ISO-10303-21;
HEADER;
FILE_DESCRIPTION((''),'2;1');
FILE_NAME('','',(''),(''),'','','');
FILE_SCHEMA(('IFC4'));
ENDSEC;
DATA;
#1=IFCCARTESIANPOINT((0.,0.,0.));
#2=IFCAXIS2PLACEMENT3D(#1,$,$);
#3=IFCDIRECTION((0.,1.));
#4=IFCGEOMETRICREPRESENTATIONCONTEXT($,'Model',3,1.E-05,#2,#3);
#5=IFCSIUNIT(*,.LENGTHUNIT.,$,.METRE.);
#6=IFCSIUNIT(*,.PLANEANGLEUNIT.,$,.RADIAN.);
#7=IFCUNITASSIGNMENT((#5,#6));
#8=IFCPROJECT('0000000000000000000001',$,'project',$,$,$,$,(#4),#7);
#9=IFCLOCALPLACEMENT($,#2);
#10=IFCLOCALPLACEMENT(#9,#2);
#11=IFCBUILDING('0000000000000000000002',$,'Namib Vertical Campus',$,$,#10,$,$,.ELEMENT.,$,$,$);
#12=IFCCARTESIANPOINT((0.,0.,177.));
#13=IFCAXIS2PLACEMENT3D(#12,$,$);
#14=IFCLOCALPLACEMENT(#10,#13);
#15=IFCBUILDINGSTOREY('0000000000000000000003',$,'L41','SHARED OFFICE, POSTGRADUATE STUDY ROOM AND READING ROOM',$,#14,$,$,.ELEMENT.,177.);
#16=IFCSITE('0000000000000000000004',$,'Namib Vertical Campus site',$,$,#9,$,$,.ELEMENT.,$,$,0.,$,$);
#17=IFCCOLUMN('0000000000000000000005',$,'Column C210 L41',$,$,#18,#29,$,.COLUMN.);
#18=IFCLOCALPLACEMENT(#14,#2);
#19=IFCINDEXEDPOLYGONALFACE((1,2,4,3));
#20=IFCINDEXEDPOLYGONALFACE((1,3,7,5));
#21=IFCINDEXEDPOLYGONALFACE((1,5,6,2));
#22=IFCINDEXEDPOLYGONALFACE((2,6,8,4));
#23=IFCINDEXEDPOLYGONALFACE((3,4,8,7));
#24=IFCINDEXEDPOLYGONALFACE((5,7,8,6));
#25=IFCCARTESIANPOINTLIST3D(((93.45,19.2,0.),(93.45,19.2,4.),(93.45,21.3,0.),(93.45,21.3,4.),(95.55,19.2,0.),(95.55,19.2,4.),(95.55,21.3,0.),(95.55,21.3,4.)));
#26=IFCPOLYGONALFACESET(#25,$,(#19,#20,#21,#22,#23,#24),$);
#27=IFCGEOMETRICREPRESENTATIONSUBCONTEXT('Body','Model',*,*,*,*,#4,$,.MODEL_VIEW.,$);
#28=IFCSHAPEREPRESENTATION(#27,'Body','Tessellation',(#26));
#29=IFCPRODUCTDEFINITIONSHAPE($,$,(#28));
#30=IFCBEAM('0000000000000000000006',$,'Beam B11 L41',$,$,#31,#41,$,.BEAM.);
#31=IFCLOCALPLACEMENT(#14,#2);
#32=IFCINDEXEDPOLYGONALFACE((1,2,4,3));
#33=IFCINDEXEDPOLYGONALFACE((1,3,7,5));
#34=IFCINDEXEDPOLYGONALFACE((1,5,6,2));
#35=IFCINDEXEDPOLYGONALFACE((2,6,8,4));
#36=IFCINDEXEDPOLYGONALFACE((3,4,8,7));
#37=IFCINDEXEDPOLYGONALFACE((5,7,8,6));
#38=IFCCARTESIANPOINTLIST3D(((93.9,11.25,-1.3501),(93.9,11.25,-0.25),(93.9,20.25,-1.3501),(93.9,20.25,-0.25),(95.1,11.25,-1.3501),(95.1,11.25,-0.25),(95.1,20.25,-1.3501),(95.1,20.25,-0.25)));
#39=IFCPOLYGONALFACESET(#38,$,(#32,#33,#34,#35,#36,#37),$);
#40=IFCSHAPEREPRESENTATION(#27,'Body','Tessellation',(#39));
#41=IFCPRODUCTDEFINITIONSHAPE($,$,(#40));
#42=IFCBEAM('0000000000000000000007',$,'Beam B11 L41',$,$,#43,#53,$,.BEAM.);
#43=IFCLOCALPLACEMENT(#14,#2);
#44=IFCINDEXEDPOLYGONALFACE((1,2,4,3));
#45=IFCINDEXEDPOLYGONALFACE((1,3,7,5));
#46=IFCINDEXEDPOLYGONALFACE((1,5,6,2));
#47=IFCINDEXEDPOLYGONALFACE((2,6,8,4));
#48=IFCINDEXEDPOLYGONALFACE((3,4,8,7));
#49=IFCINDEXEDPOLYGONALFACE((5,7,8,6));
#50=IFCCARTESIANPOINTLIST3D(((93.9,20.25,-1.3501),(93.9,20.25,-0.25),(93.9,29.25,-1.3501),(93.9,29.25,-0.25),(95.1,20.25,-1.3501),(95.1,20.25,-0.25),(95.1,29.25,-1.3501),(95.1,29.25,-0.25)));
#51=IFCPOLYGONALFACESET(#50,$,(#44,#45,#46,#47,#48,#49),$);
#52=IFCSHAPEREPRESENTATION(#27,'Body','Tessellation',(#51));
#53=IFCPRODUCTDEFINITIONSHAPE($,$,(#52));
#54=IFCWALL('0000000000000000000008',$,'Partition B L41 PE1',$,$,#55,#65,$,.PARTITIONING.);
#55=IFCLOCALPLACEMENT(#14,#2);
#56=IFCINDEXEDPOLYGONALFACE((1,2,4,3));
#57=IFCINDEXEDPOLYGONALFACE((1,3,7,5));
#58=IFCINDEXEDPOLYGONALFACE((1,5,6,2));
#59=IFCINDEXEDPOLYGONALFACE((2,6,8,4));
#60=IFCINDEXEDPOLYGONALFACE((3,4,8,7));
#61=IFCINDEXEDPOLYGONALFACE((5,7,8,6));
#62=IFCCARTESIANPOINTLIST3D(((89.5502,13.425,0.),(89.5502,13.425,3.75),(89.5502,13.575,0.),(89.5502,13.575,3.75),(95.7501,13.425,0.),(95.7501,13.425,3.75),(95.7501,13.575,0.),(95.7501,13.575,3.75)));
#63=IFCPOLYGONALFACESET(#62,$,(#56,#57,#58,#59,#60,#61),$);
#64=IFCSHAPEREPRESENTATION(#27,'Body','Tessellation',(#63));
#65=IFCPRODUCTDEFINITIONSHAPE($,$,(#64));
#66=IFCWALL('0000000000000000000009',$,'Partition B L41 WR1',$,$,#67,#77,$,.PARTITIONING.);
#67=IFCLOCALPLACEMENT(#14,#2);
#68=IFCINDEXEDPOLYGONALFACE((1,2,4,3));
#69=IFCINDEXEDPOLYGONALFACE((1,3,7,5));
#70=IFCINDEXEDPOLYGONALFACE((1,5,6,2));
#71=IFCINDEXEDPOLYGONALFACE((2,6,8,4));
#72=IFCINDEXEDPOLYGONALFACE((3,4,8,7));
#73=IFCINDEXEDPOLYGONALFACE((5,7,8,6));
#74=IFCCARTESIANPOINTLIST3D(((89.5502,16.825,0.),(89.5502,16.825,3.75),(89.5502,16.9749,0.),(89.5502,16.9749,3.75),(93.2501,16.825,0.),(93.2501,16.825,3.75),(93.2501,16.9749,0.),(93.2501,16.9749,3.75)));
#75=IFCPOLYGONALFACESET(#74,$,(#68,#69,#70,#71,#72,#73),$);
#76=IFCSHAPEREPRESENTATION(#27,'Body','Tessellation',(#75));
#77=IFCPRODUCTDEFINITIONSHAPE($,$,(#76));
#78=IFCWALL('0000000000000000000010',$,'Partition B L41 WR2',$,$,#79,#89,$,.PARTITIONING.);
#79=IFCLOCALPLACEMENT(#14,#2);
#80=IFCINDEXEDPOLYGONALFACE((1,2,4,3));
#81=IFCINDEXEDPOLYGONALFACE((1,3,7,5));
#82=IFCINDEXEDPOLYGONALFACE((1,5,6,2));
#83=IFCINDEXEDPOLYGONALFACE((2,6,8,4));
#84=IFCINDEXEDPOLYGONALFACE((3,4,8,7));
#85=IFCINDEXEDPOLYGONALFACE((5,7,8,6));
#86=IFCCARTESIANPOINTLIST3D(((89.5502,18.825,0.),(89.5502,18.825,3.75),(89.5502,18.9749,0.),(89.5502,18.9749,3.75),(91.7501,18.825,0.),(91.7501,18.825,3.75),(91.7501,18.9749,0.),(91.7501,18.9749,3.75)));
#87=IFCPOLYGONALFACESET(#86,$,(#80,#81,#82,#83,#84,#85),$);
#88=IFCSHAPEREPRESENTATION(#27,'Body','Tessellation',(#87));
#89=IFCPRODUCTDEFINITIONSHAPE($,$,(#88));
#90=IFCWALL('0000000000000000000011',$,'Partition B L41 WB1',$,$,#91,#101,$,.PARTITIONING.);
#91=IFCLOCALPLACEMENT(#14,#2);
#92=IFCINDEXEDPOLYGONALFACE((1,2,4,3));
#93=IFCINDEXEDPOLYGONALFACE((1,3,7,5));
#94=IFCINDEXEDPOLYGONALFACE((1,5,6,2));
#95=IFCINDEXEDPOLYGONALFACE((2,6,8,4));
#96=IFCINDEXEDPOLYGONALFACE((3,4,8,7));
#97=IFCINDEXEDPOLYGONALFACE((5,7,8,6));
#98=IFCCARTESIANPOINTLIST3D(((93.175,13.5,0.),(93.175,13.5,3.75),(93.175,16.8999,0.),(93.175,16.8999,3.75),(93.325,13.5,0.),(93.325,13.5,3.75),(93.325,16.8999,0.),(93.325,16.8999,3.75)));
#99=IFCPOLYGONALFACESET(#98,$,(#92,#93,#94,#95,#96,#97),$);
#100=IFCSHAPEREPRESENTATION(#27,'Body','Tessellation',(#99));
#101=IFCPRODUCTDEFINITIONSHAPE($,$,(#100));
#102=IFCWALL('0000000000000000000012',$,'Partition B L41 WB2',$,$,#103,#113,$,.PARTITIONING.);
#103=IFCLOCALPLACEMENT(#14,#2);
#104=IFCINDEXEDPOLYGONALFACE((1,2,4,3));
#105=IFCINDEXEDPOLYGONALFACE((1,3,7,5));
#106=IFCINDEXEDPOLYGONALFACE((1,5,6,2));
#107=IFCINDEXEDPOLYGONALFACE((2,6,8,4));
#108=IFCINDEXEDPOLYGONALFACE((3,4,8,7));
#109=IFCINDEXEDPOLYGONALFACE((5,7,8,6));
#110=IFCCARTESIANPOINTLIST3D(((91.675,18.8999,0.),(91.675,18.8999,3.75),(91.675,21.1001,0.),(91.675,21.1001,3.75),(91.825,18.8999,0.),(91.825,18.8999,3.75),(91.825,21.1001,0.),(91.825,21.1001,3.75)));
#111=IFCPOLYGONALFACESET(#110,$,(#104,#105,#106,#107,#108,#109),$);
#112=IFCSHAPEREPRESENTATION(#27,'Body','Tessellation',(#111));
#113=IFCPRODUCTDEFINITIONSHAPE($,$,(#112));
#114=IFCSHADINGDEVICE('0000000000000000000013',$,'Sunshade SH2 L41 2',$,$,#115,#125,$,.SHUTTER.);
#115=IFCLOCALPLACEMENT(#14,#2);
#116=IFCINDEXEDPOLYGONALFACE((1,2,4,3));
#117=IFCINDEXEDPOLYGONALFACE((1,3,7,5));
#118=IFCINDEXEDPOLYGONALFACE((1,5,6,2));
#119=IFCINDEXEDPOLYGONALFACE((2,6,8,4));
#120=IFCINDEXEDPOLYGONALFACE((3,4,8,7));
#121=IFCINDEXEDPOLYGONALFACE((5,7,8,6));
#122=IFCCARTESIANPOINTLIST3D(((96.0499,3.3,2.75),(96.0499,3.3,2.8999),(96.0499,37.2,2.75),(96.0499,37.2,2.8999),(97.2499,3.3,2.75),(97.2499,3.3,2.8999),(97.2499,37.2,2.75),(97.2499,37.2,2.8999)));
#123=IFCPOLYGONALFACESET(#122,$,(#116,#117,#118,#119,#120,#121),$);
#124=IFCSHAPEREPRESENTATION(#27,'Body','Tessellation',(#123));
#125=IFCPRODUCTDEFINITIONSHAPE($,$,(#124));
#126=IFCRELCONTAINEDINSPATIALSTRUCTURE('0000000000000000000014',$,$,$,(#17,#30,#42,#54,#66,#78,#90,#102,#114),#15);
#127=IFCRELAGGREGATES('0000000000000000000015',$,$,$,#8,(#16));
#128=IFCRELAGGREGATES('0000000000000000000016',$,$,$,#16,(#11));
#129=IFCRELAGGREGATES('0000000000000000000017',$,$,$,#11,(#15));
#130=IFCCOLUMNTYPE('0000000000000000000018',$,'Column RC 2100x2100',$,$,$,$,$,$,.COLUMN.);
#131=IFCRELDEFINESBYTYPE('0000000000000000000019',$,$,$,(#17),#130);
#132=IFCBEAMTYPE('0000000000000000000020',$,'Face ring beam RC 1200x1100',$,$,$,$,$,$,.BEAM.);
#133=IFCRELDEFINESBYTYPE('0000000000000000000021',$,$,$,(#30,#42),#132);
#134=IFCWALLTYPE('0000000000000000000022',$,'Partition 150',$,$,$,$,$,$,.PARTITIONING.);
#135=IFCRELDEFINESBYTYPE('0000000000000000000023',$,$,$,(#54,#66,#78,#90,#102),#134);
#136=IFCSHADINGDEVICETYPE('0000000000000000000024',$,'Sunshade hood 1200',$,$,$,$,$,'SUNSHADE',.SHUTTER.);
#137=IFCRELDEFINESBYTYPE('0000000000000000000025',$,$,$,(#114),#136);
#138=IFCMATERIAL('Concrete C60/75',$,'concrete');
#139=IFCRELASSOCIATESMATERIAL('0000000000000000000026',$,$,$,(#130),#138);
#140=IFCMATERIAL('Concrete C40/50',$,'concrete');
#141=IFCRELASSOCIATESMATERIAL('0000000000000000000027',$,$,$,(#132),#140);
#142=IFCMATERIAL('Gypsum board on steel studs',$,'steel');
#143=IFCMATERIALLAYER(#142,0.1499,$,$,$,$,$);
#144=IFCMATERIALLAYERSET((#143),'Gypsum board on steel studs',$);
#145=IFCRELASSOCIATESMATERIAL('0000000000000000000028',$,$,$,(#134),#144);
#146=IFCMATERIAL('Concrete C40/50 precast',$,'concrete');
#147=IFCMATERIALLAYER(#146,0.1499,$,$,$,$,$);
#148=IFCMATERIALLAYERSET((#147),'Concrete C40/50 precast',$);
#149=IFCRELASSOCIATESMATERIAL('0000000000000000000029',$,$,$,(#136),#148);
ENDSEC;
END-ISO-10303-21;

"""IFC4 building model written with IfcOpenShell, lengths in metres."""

from ifc_helpers import new_model, si_unit, direction, frame, frame_2d, origin, origin_2d, place, context, subcontext, project, spatial, rectangle, extrude, material, layer, layer_set, material_profile, profile_set, type_object, element, save


model = new_model("IFC4")

# Units and contexts
model_context = context("Model", 3, precision=1e-05, world=origin(), true_north=direction((0.0, 1.0)))
body_context = subcontext(model_context, "Body", "Model", "MODEL_VIEW")
ifc_project = project(units=[si_unit("LENGTHUNIT", "METRE"), si_unit("PLANEANGLEUNIT", "RADIAN")], contexts=[model_context])

# Site, building, storey
site_placement = place(None, origin())
site = spatial("IfcSite", under=ifc_project, at=site_placement, Name="Namib Vertical Campus site", CompositionType="ELEMENT", RefElevation=0.0)
building_placement = place(site_placement, origin())
building = spatial("IfcBuilding", under=site, at=building_placement, Name="Namib Vertical Campus", CompositionType="ELEMENT")
storey_placement = place(building_placement, frame((0.0, 0.0, 177.0)))
storey = spatial("IfcBuildingStorey", under=building, at=storey_placement, Name="L41", Description="SHARED OFFICE, POSTGRADUATE STUDY ROOM AND READING ROOM", CompositionType="ELEMENT", Elevation=177.0)

# Column
ifc_material_1 = material(Name="Concrete C60/75", Category="concrete")
ifc_material_profile_1 = material_profile(ifc_material_1, rectangle(XDim=2.1001, YDim=2.1001, at=origin_2d()))
ifc_profile_set_1 = profile_set([ifc_material_profile_1], Name="Concrete C60/75")
column_type = type_object("IfcColumnType", Name="Column RC 2100x2100", PredefinedType="COLUMN", material=ifc_profile_set_1)
column_placement = place(storey_placement, frame((94.5, 20.25, 0.0), z_axis=(0.0, 0.0, 1.0), x_axis=(1.0, 0.0, 0.0)))
element("IfcColumn", 1, at=column_placement, inside=storey, type_object=column_type, Name="Column C210 L41", PredefinedType="COLUMN", context=body_context, shape_type="SweptSolid", body=[
    extrude(rectangle(XDim=2.1001, YDim=2.1001, at=origin_2d()), origin(), (0.0, 0.0, 1.0), 4.0),
])

# Beams
ifc_material_2 = material(Name="Concrete C40/50", Category="concrete")
ifc_material_profile_2 = material_profile(ifc_material_2, rectangle(XDim=1.2, YDim=1.1001, at=origin_2d()))
ifc_profile_set_2 = profile_set([ifc_material_profile_2], Name="Concrete C40/50")
beam_type = type_object("IfcBeamType", Name="Face ring beam RC 1200x1100", PredefinedType="BEAM", material=ifc_profile_set_2)
for number, where, z_axis, x_axis, name in (
    (2, (94.5, 11.25, -0.8), (0.0, 1.0, 0.0), (-1.0, 0.0, 0.0), "Beam B11 L41"),
    (3, (94.5, 20.25, -0.8), (0.0, 1.0, 0.0), (-1.0, 0.0, 0.0), "Beam B11 L41"),
):
    element("IfcBeam", number, at=place(storey_placement, frame(where, z_axis=z_axis, x_axis=x_axis)), inside=storey, type_object=beam_type, Name=name, PredefinedType="BEAM", context=body_context, shape_type="SweptSolid", body=[
        extrude(rectangle(XDim=1.2, YDim=1.1001, at=origin_2d()), origin(), (0.0, 0.0, 1.0), 9.0),
    ])

# Walls
ifc_material_3 = material(Name="Gypsum board on steel studs", Category="steel")
ifc_layer_1 = layer(ifc_material_3, 0.1499)
ifc_layer_set_1 = layer_set([ifc_layer_1], Name="Gypsum board on steel studs")
wall_type = type_object("IfcWallType", Name="Partition 150", PredefinedType="PARTITIONING", material=ifc_layer_set_1)
wall_1_placement = place(storey_placement, frame((89.55, 13.5, 0.0), z_axis=(0.0, 0.0, 1.0), x_axis=(1.0, 0.0, 0.0)))
element("IfcWall", 4, at=wall_1_placement, inside=storey, type_object=wall_type, Name="Partition B L41 PE1", PredefinedType="PARTITIONING", context=body_context, shape_type="SweptSolid", body=[
    extrude(rectangle(XDim=6.2, YDim=0.1499, at=frame_2d((3.1001, 0.0))), origin(), (0.0, 0.0, 1.0), 3.75),
])
wall_2_placement = place(storey_placement, frame((89.55, 16.8999, 0.0), z_axis=(0.0, 0.0, 1.0), x_axis=(1.0, 0.0, 0.0)))
element("IfcWall", 5, at=wall_2_placement, inside=storey, type_object=wall_type, Name="Partition B L41 WR1", PredefinedType="PARTITIONING", context=body_context, shape_type="SweptSolid", body=[
    extrude(rectangle(XDim=3.7, YDim=0.1499, at=frame_2d((1.8501, 0.0))), origin(), (0.0, 0.0, 1.0), 3.75),
])
wall_3_placement = place(storey_placement, frame((89.55, 18.8999, 0.0), z_axis=(0.0, 0.0, 1.0), x_axis=(1.0, 0.0, 0.0)))
element("IfcWall", 6, at=wall_3_placement, inside=storey, type_object=wall_type, Name="Partition B L41 WR2", PredefinedType="PARTITIONING", context=body_context, shape_type="SweptSolid", body=[
    extrude(rectangle(XDim=2.2, YDim=0.1499, at=frame_2d((1.1001, 0.0))), origin(), (0.0, 0.0, 1.0), 3.75),
])
wall_4_placement = place(storey_placement, frame((93.25, 13.5, 0.0), z_axis=(0.0, 0.0, 1.0), x_axis=(0.0, 1.0, 0.0)))
element("IfcWall", 7, at=wall_4_placement, inside=storey, type_object=wall_type, Name="Partition B L41 WB1", PredefinedType="PARTITIONING", context=body_context, shape_type="SweptSolid", body=[
    extrude(rectangle(XDim=3.3999, YDim=0.1499, at=frame_2d((1.7, 0.0))), origin(), (0.0, 0.0, 1.0), 3.75),
])
wall_5_placement = place(storey_placement, frame((91.75, 18.8999, 0.0), z_axis=(0.0, 0.0, 1.0), x_axis=(0.0, 1.0, 0.0)))
element("IfcWall", 8, at=wall_5_placement, inside=storey, type_object=wall_type, Name="Partition B L41 WB2", PredefinedType="PARTITIONING", context=body_context, shape_type="SweptSolid", body=[
    extrude(rectangle(XDim=2.2002, YDim=0.1499, at=frame_2d((1.1001, 0.0))), origin(), (0.0, 0.0, 1.0), 3.75),
])

# Shading device
ifc_material_4 = material(Name="Concrete C40/50 precast", Category="concrete")
ifc_layer_2 = layer(ifc_material_4, 0.1499)
ifc_layer_set_2 = layer_set([ifc_layer_2], Name="Concrete C40/50 precast")
shading_device_type = type_object("IfcShadingDeviceType", Name="Sunshade hood 1200", ElementType="SUNSHADE", PredefinedType="SHUTTER", material=ifc_layer_set_2)
shading_device_placement = place(storey_placement, frame((96.6499, 20.25, 2.75), z_axis=(0.0, 0.0, 1.0), x_axis=(0.0, 1.0, 0.0)))
element("IfcShadingDevice", 9, at=shading_device_placement, inside=storey, type_object=shading_device_type, Name="Sunshade SH2 L41 2", PredefinedType="SHUTTER", context=body_context, shape_type="SweptSolid", body=[
    extrude(rectangle(XDim=33.8999, YDim=1.2, at=origin_2d()), origin(), (0.0, 0.0, 1.0), 0.1499),
])

save(model, "model.ifc")
